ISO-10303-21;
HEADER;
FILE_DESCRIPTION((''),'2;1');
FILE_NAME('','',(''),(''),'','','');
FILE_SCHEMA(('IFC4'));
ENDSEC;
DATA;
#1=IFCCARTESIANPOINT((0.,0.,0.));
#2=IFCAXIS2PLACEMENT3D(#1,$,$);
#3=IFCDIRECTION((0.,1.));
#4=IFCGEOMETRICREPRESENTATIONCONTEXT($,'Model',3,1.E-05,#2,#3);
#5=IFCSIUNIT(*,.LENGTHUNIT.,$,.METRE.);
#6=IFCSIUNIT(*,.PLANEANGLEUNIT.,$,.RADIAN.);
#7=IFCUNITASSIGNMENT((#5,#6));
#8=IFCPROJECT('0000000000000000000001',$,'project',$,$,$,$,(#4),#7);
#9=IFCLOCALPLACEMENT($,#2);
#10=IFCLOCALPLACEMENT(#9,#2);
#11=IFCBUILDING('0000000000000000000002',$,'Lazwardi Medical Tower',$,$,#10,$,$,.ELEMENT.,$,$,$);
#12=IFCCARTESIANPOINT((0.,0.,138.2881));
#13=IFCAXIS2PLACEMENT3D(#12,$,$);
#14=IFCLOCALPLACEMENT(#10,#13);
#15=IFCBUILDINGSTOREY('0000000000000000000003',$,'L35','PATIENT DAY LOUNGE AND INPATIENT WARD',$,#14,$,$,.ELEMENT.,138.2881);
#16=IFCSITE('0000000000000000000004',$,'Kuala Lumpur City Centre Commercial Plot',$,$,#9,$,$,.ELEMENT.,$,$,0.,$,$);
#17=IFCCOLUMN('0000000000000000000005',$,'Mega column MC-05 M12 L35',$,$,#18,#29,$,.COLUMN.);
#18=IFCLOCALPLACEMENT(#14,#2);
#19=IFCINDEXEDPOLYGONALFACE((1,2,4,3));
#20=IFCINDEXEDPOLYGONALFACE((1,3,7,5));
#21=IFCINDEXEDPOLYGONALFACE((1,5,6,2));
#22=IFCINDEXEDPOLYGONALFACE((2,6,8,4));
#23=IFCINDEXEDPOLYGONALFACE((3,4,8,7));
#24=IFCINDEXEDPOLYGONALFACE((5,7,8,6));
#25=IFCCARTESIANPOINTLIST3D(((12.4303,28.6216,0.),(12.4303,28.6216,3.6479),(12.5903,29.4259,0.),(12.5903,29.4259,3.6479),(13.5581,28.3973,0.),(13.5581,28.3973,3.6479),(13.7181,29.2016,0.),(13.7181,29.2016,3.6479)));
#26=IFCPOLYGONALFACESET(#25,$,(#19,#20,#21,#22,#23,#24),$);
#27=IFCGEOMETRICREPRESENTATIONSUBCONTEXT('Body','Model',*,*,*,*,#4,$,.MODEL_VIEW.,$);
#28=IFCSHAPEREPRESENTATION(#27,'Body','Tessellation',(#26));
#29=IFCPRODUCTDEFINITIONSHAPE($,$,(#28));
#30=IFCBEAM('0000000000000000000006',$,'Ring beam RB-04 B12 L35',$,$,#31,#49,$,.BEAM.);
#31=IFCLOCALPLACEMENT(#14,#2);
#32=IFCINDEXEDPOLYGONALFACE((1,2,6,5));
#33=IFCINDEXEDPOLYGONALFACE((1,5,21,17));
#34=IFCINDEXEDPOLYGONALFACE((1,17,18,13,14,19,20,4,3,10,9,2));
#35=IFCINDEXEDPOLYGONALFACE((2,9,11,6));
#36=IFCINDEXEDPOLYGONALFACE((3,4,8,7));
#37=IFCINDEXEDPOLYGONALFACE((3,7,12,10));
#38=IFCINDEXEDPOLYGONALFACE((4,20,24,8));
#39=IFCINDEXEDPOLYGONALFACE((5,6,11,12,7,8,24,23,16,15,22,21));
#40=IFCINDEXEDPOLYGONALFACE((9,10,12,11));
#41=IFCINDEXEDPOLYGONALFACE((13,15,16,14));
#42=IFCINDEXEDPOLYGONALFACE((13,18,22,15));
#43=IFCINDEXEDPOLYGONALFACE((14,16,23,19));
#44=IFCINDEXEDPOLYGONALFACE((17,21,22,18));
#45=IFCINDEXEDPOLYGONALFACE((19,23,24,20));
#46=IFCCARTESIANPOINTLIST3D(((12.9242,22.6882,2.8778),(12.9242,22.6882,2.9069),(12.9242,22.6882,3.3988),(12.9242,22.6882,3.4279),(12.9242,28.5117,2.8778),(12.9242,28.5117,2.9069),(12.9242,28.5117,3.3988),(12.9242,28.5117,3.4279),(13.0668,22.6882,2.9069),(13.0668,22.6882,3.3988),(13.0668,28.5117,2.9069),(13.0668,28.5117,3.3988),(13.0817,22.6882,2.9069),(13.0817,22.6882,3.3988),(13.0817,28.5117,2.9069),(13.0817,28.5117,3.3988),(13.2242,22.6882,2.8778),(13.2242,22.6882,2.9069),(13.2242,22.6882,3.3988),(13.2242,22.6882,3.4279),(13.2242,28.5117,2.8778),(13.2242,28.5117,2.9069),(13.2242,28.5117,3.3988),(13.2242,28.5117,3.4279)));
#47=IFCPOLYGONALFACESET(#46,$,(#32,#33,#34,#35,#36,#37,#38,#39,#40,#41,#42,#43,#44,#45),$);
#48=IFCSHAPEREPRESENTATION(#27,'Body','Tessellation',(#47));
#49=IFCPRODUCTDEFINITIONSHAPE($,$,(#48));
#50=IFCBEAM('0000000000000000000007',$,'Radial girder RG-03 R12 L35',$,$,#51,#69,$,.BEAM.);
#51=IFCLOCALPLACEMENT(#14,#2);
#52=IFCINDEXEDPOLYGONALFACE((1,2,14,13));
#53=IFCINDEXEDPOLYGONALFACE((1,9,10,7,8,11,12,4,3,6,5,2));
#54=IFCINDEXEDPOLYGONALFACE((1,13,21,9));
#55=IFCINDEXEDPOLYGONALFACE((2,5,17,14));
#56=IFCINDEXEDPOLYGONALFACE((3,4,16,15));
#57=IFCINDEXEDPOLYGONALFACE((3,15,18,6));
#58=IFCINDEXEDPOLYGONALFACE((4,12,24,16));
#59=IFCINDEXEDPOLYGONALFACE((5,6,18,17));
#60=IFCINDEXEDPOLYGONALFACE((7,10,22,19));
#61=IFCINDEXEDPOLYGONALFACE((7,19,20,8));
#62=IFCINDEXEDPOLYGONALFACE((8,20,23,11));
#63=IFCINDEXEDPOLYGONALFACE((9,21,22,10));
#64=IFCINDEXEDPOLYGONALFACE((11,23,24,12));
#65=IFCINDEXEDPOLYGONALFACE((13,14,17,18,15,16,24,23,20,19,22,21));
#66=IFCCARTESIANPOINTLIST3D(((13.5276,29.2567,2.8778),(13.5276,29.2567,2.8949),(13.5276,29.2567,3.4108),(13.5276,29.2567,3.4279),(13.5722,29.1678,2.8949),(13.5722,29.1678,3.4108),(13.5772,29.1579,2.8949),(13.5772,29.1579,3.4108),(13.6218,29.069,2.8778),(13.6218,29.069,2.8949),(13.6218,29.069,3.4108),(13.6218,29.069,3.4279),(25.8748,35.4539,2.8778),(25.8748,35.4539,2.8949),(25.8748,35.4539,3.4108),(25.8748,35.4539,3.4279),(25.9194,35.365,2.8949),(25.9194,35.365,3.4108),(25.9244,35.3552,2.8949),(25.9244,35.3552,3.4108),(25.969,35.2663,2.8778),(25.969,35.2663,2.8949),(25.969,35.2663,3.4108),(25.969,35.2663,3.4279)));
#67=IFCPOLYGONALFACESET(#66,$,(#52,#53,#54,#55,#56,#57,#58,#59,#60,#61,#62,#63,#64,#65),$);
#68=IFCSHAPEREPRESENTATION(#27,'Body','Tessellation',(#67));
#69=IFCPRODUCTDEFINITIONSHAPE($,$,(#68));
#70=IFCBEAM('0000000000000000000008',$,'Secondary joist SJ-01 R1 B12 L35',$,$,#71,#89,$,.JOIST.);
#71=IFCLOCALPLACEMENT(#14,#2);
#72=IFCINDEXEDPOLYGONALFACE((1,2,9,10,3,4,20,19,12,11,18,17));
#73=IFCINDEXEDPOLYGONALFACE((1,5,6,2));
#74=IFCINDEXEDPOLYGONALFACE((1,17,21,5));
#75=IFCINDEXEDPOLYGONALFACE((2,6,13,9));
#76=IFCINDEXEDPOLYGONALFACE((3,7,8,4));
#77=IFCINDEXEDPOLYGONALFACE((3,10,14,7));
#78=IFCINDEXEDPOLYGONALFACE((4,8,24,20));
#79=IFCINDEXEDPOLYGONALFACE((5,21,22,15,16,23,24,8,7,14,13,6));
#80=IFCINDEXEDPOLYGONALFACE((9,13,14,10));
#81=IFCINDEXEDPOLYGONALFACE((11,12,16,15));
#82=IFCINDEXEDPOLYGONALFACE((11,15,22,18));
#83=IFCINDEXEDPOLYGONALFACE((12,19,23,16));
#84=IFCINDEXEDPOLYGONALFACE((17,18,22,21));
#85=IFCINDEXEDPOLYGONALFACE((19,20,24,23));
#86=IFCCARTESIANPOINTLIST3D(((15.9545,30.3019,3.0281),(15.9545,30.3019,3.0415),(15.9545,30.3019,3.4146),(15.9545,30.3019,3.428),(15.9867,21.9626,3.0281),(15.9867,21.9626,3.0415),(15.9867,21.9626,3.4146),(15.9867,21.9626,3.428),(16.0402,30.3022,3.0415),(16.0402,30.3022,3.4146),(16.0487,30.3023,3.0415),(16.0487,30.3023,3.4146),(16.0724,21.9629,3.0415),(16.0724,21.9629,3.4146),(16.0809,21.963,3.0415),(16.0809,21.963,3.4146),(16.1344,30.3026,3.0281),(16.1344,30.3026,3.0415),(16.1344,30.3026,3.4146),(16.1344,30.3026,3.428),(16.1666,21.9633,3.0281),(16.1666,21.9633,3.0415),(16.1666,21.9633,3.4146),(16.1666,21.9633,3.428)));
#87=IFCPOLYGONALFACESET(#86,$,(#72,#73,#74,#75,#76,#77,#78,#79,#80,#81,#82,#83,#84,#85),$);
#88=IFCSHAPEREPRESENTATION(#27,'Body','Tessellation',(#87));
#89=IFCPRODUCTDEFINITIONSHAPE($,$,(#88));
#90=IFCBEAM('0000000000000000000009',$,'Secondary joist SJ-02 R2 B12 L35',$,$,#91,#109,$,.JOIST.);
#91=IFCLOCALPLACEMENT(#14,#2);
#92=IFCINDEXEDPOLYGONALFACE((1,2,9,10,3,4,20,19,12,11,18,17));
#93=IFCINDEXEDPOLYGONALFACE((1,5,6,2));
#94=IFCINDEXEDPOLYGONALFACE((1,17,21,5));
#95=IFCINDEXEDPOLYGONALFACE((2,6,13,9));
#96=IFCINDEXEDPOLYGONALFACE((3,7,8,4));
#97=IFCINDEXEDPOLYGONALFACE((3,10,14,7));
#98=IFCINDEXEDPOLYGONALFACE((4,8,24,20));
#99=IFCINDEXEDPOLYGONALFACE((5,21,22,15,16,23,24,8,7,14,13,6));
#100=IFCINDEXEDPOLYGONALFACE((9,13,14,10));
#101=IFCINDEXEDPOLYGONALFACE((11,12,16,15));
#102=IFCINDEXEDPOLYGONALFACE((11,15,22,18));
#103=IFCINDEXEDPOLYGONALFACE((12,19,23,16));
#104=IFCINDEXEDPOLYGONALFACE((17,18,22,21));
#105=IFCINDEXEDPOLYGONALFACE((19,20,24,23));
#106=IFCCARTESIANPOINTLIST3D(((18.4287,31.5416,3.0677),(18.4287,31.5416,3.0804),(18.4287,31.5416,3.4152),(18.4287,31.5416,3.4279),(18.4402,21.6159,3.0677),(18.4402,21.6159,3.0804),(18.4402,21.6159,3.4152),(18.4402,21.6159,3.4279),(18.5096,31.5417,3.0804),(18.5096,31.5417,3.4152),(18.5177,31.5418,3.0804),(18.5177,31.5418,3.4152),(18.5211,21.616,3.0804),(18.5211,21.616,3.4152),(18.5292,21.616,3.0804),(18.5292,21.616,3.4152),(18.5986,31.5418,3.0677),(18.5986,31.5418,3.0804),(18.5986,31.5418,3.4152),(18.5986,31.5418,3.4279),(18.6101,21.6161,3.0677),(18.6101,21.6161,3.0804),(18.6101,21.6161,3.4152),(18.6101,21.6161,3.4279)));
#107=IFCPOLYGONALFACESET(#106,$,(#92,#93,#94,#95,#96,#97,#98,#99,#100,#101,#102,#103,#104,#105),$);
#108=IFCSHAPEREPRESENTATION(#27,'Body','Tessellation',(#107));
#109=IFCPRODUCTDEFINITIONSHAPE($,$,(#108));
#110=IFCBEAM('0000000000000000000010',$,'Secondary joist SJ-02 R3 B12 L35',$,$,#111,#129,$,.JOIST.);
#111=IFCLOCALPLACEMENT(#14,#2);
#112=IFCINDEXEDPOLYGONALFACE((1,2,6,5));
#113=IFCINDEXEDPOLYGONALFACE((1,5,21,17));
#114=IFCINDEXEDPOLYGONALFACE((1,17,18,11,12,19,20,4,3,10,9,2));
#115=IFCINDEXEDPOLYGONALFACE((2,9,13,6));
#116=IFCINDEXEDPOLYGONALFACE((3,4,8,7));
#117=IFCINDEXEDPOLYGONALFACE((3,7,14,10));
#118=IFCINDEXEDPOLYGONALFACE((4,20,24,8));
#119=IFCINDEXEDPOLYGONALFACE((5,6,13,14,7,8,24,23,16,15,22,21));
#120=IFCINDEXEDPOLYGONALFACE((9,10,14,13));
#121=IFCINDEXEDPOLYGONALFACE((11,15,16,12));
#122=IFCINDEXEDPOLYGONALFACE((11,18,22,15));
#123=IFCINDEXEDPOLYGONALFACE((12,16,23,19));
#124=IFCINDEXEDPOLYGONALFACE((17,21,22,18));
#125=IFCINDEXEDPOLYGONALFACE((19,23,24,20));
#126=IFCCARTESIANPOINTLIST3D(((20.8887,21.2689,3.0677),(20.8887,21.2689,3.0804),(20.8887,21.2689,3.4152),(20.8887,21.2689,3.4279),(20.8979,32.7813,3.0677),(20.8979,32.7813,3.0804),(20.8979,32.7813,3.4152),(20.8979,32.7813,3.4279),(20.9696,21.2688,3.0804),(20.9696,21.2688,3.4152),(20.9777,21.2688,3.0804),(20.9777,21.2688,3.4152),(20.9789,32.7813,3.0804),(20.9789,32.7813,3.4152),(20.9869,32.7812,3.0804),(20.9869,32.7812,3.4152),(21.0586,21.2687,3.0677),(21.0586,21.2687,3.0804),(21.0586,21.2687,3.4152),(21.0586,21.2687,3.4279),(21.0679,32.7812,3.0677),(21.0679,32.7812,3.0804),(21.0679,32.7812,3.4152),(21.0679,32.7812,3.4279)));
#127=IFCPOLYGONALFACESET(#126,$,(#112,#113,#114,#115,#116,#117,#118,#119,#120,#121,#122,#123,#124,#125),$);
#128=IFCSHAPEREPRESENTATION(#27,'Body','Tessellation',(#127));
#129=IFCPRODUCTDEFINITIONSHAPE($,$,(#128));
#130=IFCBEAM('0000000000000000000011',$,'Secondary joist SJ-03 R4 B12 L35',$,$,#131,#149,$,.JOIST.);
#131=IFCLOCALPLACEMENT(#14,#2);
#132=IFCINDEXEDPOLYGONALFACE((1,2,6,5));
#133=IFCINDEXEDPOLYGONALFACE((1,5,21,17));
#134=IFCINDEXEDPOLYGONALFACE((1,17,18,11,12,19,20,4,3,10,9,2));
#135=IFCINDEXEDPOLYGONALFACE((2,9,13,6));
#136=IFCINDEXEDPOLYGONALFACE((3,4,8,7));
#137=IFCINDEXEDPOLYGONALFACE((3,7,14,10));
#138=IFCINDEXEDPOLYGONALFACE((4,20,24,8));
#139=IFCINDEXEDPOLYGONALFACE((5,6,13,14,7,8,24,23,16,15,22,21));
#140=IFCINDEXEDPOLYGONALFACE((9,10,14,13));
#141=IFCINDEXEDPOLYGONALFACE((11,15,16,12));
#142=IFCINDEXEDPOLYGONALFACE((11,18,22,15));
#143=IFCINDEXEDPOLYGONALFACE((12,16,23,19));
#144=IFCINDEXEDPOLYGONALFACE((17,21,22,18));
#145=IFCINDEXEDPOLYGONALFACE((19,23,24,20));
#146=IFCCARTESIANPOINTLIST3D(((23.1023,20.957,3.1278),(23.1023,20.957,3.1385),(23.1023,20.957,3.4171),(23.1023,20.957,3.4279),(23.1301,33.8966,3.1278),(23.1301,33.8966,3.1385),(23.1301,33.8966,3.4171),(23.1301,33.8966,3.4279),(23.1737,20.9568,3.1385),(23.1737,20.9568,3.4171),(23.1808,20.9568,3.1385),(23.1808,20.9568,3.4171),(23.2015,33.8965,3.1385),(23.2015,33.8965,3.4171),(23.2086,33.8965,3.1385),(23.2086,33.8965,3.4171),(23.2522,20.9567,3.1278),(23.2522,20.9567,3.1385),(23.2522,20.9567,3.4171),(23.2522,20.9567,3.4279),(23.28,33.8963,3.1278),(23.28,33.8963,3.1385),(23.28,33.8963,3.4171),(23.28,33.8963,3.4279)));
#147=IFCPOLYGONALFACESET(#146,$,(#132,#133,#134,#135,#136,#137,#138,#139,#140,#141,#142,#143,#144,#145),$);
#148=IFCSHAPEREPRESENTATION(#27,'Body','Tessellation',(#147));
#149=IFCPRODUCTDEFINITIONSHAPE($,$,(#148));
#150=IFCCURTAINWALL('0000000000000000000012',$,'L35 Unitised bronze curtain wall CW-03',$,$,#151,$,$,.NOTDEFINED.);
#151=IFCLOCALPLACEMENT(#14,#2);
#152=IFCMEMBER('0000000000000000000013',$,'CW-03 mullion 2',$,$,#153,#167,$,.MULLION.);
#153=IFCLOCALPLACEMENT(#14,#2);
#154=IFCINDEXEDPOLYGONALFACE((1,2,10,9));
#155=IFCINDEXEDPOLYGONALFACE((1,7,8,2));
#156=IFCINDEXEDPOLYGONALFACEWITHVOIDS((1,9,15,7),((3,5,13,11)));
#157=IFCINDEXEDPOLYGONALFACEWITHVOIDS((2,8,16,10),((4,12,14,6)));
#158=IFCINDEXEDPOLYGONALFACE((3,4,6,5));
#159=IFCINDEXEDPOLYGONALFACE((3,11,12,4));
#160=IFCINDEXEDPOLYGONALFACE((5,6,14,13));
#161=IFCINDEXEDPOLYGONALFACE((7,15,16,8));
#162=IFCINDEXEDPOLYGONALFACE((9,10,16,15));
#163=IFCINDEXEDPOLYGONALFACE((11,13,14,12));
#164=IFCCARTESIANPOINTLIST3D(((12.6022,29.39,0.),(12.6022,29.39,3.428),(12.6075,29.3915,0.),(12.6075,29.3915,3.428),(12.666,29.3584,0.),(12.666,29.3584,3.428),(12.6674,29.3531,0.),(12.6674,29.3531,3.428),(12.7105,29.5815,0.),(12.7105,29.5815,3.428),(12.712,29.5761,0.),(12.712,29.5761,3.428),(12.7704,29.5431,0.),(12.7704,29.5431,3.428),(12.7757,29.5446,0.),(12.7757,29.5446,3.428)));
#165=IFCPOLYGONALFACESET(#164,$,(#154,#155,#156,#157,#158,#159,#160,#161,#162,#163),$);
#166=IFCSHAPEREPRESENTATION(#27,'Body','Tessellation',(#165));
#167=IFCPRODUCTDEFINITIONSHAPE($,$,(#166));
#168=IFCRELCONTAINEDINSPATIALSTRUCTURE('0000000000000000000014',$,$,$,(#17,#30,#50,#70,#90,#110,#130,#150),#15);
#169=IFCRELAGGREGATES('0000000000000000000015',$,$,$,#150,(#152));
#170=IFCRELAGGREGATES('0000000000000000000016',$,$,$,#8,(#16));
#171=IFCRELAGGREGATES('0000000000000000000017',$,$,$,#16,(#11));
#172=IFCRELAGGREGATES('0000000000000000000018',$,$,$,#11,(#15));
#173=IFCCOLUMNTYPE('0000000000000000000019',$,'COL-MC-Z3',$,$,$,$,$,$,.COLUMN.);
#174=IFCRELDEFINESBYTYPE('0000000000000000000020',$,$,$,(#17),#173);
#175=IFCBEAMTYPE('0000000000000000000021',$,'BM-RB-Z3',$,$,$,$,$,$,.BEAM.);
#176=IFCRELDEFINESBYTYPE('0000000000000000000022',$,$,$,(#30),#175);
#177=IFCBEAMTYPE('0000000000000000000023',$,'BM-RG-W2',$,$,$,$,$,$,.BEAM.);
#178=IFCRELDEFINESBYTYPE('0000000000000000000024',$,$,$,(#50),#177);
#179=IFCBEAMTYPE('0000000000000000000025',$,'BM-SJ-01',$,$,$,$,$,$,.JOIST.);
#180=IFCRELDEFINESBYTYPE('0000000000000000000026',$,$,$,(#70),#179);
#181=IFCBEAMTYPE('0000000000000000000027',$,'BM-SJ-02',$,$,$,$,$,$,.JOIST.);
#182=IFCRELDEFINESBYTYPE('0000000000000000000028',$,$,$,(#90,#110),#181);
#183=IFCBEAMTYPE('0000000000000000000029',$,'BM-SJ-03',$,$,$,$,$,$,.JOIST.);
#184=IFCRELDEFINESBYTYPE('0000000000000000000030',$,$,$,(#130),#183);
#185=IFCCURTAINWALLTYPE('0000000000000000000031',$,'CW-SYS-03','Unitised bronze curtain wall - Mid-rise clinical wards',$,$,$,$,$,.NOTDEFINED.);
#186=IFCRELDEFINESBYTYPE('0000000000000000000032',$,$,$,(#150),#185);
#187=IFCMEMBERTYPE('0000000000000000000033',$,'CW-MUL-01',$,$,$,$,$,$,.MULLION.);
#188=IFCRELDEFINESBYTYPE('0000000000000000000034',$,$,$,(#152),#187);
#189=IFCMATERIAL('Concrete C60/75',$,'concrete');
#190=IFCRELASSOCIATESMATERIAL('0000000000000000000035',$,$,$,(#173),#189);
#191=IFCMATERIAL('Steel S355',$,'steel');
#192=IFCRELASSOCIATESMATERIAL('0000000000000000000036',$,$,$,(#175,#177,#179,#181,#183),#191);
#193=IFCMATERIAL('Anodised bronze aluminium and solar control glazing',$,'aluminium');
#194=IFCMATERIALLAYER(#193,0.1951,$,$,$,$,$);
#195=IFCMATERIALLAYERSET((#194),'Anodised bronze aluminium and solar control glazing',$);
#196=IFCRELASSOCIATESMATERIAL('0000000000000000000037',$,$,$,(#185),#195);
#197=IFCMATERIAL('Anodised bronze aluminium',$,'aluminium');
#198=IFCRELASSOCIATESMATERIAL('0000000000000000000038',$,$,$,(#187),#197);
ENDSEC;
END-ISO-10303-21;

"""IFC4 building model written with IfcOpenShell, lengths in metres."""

from ifc_helpers import new_model, si_unit, direction, frame, origin, origin_2d, place, context, subcontext, project, spatial, rectangle, hollow_rectangle, i_section, extrude, material, layer, layer_set, material_profile, profile_set, type_object, element, aggregate, save


model = new_model("IFC4")

# Units and contexts
model_context = context("Model", 3, precision=1e-05, world=origin(), true_north=direction((0.0, 1.0)))
body_context = subcontext(model_context, "Body", "Model", "MODEL_VIEW")
ifc_project = project(units=[si_unit("LENGTHUNIT", "METRE"), si_unit("PLANEANGLEUNIT", "RADIAN")], contexts=[model_context])

# Site, building, storey
site_placement = place(None, origin())
site = spatial("IfcSite", under=ifc_project, at=site_placement, Name="Kuala Lumpur City Centre Commercial Plot", CompositionType="ELEMENT", RefElevation=0.0)
building_placement = place(site_placement, origin())
building = spatial("IfcBuilding", under=site, at=building_placement, Name="Lazwardi Medical Tower", CompositionType="ELEMENT")
storey_placement = place(building_placement, frame((0.0, 0.0, 138.2881)))
storey = spatial("IfcBuildingStorey", under=building, at=storey_placement, Name="L35", Description="PATIENT DAY LOUNGE AND INPATIENT WARD", CompositionType="ELEMENT", Elevation=138.2881)

# Column
ifc_material_1 = material(Name="Concrete C60/75", Category="concrete")
ifc_material_profile_1 = material_profile(ifc_material_1, rectangle(XDim=1.1499, YDim=0.8201, at=origin_2d()), Name="CFT-RECT 1150x820")
ifc_profile_set_1 = profile_set([ifc_material_profile_1], Name="Concrete C60/75")
column_type = type_object("IfcColumnType", Name="COL-MC-Z3", PredefinedType="COLUMN", material=ifc_profile_set_1)
column_placement = place(storey_placement, frame((13.0742, 28.9116, 0.0), z_axis=(0.0, 0.0, 1.0), x_axis=(-0.980785, 0.19509, 0.0)))
element("IfcColumn", 1, at=column_placement, inside=storey, type_object=column_type, Name="Mega column MC-05 M12 L35", PredefinedType="COLUMN", context=body_context, shape_type="SweptSolid", body=[
    extrude(rectangle(XDim=1.1499, YDim=0.8201, at=origin_2d()), origin(), (0.0, 0.0, 1.0), 3.6479),
])

# Beams
ifc_material_2 = material(Name="Steel S355", Category="steel")
ifc_material_profile_2 = material_profile(ifc_material_2, i_section(OverallWidth=0.3, OverallDepth=0.55, WebThickness=0.0149, FlangeThickness=0.0291, at=origin_2d()), Name="HEB 550")
ifc_profile_set_2 = profile_set([ifc_material_profile_2], Name="Steel S355")
beam_type_1 = type_object("IfcBeamType", Name="BM-RB-Z3", PredefinedType="BEAM", material=ifc_profile_set_2)
beam_1_placement = place(storey_placement, frame((13.0742, 28.5117, 3.1528), z_axis=(0.0, -1.0, 0.0), x_axis=(1.0, 0.0, 0.0)))
element("IfcBeam", 2, at=beam_1_placement, inside=storey, type_object=beam_type_1, Name="Ring beam RB-04 B12 L35", PredefinedType="BEAM", context=body_context, shape_type="SweptSolid", body=[
    extrude(i_section(OverallWidth=0.3, OverallDepth=0.55, WebThickness=0.0149, FlangeThickness=0.0291, at=origin_2d()), origin(), (0.0, 0.0, 1.0), 5.8235),
])
ifc_material_profile_3 = material_profile(ifc_material_2, i_section(OverallWidth=0.21, OverallDepth=0.55, WebThickness=0.011, FlangeThickness=0.0171, at=origin_2d()), Name="IPE 550")
ifc_profile_set_3 = profile_set([ifc_material_profile_3], Name="Steel S355")
beam_type_2 = type_object("IfcBeamType", Name="BM-RG-W2", PredefinedType="BEAM", material=ifc_profile_set_3)
beam_2_placement = place(storey_placement, frame((13.5747, 29.1628, 3.1528), z_axis=(0.89374, 0.448584, 0.0), x_axis=(-0.448584, 0.89374, 0.0)))
element("IfcBeam", 3, at=beam_2_placement, inside=storey, type_object=beam_type_2, Name="Radial girder RG-03 R12 L35", PredefinedType="BEAM", context=body_context, shape_type="SweptSolid", body=[
    extrude(i_section(OverallWidth=0.21, OverallDepth=0.55, WebThickness=0.011, FlangeThickness=0.0171, at=origin_2d()), origin(), (0.0, 0.0, 1.0), 13.8152),
])
ifc_material_profile_4 = material_profile(ifc_material_2, i_section(OverallWidth=0.1799, OverallDepth=0.3999, WebThickness=0.0085, FlangeThickness=0.0134, at=origin_2d()), Name="IPE 400")
ifc_profile_set_4 = profile_set([ifc_material_profile_4], Name="Steel S355")
beam_type_3 = type_object("IfcBeamType", Name="BM-SJ-01", PredefinedType="JOIST", material=ifc_profile_set_4)
beam_3_placement = place(storey_placement, frame((16.0444, 30.3022, 3.228), z_axis=(0.003864, -0.999993, 0.0), x_axis=(0.999993, 0.003864, 0.0)))
element("IfcBeam", 4, at=beam_3_placement, inside=storey, type_object=beam_type_3, Name="Secondary joist SJ-01 R1 B12 L35", PredefinedType="JOIST", context=body_context, shape_type="SweptSolid", body=[
    extrude(i_section(OverallWidth=0.1799, OverallDepth=0.3999, WebThickness=0.0085, FlangeThickness=0.0134, at=origin_2d()), origin(), (0.0, 0.0, 1.0), 8.3394),
])
ifc_material_profile_5 = material_profile(ifc_material_2, i_section(OverallWidth=0.1699, OverallDepth=0.3601, WebThickness=0.0081, FlangeThickness=0.0127, at=origin_2d()), Name="IPE 360")
ifc_profile_set_5 = profile_set([ifc_material_profile_5], Name="Steel S355")
beam_type_4 = type_object("IfcBeamType", Name="BM-SJ-02", PredefinedType="JOIST", material=ifc_profile_set_5)
beam_4_placement = place(storey_placement, frame((18.5137, 31.5417, 3.2478), z_axis=(0.001156, -0.999999, 0.0), x_axis=(0.999999, 0.001156, 0.0)))
element("IfcBeam", 5, at=beam_4_placement, inside=storey, type_object=beam_type_4, Name="Secondary joist SJ-02 R2 B12 L35", PredefinedType="JOIST", context=body_context, shape_type="SweptSolid", body=[
    extrude(i_section(OverallWidth=0.1699, OverallDepth=0.3601, WebThickness=0.0081, FlangeThickness=0.0127, at=origin_2d()), origin(), (0.0, 0.0, 1.0), 9.9258),
])
beam_5_placement = place(storey_placement, frame((20.9829, 32.7812, 3.2478), z_axis=(-0.000806, -1.0, 0.0), x_axis=(1.0, -0.000806, 0.0)))
element("IfcBeam", 6, at=beam_5_placement, inside=storey, type_object=beam_type_4, Name="Secondary joist SJ-02 R3 B12 L35", PredefinedType="JOIST", context=body_context, shape_type="SweptSolid", body=[
    extrude(i_section(OverallWidth=0.1699, OverallDepth=0.3601, WebThickness=0.0081, FlangeThickness=0.0127, at=origin_2d()), origin(), (0.0, 0.0, 1.0), 11.5125),
])
ifc_material_profile_6 = material_profile(ifc_material_2, i_section(OverallWidth=0.1499, OverallDepth=0.3, WebThickness=0.0071, FlangeThickness=0.0107, at=origin_2d()), Name="IPE 300")
ifc_profile_set_6 = profile_set([ifc_material_profile_6], Name="Steel S355")
beam_type_5 = type_object("IfcBeamType", Name="BM-SJ-03", PredefinedType="JOIST", material=ifc_profile_set_6)
beam_6_placement = place(storey_placement, frame((23.2051, 33.8965, 3.2778), z_axis=(-0.002151, -0.999998, 0.0), x_axis=(0.999998, -0.002151, 0.0)))
element("IfcBeam", 7, at=beam_6_placement, inside=storey, type_object=beam_type_5, Name="Secondary joist SJ-03 R4 B12 L35", PredefinedType="JOIST", context=body_context, shape_type="SweptSolid", body=[
    extrude(i_section(OverallWidth=0.1499, OverallDepth=0.3, WebThickness=0.0071, FlangeThickness=0.0107, at=origin_2d()), origin(), (0.0, 0.0, 1.0), 12.9397),
])

# Curtain wall, member
ifc_material_3 = material(Name="Anodised bronze aluminium and solar control glazing", Category="aluminium")
ifc_layer_1 = layer(ifc_material_3, 0.1951)
ifc_layer_set_1 = layer_set([ifc_layer_1], Name="Anodised bronze aluminium and solar control glazing")
curtain_wall_type = type_object("IfcCurtainWallType", Name="CW-SYS-03", Description="Unitised bronze curtain wall - Mid-rise clinical wards", PredefinedType="NOTDEFINED", material=ifc_layer_set_1)
curtain_wall_1_placement = place(storey_placement, origin())
curtain_wall_1 = element("IfcCurtainWall", 8, at=curtain_wall_1_placement, inside=storey, type_object=curtain_wall_type, Name="L35 Unitised bronze curtain wall CW-03", PredefinedType="NOTDEFINED")
ifc_material_4 = material(Name="Anodised bronze aluminium", Category="aluminium")
ifc_material_profile_7 = material_profile(ifc_material_4, hollow_rectangle(XDim=0.075, YDim=0.22, WallThickness=0.0039, at=origin_2d()), Name="ALU-MULLION 220x75x4")
ifc_profile_set_7 = profile_set([ifc_material_profile_7], Name="Anodised bronze aluminium")
member_type_1 = type_object("IfcMemberType", Name="CW-MUL-01", PredefinedType="MULLION", material=ifc_profile_set_7)
member_1_placement = place(storey_placement, frame((12.689, 29.4673, 0.0), z_axis=(0.0, 0.0, 1.0), x_axis=(0.870419, -0.492312, 0.0)))
member_1 = element("IfcMember", 9, at=member_1_placement, type_object=member_type_1, Name="CW-03 mullion 2", PredefinedType="MULLION", context=body_context, shape_type="SweptSolid", body=[
    extrude(hollow_rectangle(XDim=0.075, YDim=0.22, WallThickness=0.0039, at=origin_2d()), origin(), (0.0, 0.0, 1.0), 3.428),
])

aggregate(curtain_wall_1, [member_1])

save(model, "model.ifc")
